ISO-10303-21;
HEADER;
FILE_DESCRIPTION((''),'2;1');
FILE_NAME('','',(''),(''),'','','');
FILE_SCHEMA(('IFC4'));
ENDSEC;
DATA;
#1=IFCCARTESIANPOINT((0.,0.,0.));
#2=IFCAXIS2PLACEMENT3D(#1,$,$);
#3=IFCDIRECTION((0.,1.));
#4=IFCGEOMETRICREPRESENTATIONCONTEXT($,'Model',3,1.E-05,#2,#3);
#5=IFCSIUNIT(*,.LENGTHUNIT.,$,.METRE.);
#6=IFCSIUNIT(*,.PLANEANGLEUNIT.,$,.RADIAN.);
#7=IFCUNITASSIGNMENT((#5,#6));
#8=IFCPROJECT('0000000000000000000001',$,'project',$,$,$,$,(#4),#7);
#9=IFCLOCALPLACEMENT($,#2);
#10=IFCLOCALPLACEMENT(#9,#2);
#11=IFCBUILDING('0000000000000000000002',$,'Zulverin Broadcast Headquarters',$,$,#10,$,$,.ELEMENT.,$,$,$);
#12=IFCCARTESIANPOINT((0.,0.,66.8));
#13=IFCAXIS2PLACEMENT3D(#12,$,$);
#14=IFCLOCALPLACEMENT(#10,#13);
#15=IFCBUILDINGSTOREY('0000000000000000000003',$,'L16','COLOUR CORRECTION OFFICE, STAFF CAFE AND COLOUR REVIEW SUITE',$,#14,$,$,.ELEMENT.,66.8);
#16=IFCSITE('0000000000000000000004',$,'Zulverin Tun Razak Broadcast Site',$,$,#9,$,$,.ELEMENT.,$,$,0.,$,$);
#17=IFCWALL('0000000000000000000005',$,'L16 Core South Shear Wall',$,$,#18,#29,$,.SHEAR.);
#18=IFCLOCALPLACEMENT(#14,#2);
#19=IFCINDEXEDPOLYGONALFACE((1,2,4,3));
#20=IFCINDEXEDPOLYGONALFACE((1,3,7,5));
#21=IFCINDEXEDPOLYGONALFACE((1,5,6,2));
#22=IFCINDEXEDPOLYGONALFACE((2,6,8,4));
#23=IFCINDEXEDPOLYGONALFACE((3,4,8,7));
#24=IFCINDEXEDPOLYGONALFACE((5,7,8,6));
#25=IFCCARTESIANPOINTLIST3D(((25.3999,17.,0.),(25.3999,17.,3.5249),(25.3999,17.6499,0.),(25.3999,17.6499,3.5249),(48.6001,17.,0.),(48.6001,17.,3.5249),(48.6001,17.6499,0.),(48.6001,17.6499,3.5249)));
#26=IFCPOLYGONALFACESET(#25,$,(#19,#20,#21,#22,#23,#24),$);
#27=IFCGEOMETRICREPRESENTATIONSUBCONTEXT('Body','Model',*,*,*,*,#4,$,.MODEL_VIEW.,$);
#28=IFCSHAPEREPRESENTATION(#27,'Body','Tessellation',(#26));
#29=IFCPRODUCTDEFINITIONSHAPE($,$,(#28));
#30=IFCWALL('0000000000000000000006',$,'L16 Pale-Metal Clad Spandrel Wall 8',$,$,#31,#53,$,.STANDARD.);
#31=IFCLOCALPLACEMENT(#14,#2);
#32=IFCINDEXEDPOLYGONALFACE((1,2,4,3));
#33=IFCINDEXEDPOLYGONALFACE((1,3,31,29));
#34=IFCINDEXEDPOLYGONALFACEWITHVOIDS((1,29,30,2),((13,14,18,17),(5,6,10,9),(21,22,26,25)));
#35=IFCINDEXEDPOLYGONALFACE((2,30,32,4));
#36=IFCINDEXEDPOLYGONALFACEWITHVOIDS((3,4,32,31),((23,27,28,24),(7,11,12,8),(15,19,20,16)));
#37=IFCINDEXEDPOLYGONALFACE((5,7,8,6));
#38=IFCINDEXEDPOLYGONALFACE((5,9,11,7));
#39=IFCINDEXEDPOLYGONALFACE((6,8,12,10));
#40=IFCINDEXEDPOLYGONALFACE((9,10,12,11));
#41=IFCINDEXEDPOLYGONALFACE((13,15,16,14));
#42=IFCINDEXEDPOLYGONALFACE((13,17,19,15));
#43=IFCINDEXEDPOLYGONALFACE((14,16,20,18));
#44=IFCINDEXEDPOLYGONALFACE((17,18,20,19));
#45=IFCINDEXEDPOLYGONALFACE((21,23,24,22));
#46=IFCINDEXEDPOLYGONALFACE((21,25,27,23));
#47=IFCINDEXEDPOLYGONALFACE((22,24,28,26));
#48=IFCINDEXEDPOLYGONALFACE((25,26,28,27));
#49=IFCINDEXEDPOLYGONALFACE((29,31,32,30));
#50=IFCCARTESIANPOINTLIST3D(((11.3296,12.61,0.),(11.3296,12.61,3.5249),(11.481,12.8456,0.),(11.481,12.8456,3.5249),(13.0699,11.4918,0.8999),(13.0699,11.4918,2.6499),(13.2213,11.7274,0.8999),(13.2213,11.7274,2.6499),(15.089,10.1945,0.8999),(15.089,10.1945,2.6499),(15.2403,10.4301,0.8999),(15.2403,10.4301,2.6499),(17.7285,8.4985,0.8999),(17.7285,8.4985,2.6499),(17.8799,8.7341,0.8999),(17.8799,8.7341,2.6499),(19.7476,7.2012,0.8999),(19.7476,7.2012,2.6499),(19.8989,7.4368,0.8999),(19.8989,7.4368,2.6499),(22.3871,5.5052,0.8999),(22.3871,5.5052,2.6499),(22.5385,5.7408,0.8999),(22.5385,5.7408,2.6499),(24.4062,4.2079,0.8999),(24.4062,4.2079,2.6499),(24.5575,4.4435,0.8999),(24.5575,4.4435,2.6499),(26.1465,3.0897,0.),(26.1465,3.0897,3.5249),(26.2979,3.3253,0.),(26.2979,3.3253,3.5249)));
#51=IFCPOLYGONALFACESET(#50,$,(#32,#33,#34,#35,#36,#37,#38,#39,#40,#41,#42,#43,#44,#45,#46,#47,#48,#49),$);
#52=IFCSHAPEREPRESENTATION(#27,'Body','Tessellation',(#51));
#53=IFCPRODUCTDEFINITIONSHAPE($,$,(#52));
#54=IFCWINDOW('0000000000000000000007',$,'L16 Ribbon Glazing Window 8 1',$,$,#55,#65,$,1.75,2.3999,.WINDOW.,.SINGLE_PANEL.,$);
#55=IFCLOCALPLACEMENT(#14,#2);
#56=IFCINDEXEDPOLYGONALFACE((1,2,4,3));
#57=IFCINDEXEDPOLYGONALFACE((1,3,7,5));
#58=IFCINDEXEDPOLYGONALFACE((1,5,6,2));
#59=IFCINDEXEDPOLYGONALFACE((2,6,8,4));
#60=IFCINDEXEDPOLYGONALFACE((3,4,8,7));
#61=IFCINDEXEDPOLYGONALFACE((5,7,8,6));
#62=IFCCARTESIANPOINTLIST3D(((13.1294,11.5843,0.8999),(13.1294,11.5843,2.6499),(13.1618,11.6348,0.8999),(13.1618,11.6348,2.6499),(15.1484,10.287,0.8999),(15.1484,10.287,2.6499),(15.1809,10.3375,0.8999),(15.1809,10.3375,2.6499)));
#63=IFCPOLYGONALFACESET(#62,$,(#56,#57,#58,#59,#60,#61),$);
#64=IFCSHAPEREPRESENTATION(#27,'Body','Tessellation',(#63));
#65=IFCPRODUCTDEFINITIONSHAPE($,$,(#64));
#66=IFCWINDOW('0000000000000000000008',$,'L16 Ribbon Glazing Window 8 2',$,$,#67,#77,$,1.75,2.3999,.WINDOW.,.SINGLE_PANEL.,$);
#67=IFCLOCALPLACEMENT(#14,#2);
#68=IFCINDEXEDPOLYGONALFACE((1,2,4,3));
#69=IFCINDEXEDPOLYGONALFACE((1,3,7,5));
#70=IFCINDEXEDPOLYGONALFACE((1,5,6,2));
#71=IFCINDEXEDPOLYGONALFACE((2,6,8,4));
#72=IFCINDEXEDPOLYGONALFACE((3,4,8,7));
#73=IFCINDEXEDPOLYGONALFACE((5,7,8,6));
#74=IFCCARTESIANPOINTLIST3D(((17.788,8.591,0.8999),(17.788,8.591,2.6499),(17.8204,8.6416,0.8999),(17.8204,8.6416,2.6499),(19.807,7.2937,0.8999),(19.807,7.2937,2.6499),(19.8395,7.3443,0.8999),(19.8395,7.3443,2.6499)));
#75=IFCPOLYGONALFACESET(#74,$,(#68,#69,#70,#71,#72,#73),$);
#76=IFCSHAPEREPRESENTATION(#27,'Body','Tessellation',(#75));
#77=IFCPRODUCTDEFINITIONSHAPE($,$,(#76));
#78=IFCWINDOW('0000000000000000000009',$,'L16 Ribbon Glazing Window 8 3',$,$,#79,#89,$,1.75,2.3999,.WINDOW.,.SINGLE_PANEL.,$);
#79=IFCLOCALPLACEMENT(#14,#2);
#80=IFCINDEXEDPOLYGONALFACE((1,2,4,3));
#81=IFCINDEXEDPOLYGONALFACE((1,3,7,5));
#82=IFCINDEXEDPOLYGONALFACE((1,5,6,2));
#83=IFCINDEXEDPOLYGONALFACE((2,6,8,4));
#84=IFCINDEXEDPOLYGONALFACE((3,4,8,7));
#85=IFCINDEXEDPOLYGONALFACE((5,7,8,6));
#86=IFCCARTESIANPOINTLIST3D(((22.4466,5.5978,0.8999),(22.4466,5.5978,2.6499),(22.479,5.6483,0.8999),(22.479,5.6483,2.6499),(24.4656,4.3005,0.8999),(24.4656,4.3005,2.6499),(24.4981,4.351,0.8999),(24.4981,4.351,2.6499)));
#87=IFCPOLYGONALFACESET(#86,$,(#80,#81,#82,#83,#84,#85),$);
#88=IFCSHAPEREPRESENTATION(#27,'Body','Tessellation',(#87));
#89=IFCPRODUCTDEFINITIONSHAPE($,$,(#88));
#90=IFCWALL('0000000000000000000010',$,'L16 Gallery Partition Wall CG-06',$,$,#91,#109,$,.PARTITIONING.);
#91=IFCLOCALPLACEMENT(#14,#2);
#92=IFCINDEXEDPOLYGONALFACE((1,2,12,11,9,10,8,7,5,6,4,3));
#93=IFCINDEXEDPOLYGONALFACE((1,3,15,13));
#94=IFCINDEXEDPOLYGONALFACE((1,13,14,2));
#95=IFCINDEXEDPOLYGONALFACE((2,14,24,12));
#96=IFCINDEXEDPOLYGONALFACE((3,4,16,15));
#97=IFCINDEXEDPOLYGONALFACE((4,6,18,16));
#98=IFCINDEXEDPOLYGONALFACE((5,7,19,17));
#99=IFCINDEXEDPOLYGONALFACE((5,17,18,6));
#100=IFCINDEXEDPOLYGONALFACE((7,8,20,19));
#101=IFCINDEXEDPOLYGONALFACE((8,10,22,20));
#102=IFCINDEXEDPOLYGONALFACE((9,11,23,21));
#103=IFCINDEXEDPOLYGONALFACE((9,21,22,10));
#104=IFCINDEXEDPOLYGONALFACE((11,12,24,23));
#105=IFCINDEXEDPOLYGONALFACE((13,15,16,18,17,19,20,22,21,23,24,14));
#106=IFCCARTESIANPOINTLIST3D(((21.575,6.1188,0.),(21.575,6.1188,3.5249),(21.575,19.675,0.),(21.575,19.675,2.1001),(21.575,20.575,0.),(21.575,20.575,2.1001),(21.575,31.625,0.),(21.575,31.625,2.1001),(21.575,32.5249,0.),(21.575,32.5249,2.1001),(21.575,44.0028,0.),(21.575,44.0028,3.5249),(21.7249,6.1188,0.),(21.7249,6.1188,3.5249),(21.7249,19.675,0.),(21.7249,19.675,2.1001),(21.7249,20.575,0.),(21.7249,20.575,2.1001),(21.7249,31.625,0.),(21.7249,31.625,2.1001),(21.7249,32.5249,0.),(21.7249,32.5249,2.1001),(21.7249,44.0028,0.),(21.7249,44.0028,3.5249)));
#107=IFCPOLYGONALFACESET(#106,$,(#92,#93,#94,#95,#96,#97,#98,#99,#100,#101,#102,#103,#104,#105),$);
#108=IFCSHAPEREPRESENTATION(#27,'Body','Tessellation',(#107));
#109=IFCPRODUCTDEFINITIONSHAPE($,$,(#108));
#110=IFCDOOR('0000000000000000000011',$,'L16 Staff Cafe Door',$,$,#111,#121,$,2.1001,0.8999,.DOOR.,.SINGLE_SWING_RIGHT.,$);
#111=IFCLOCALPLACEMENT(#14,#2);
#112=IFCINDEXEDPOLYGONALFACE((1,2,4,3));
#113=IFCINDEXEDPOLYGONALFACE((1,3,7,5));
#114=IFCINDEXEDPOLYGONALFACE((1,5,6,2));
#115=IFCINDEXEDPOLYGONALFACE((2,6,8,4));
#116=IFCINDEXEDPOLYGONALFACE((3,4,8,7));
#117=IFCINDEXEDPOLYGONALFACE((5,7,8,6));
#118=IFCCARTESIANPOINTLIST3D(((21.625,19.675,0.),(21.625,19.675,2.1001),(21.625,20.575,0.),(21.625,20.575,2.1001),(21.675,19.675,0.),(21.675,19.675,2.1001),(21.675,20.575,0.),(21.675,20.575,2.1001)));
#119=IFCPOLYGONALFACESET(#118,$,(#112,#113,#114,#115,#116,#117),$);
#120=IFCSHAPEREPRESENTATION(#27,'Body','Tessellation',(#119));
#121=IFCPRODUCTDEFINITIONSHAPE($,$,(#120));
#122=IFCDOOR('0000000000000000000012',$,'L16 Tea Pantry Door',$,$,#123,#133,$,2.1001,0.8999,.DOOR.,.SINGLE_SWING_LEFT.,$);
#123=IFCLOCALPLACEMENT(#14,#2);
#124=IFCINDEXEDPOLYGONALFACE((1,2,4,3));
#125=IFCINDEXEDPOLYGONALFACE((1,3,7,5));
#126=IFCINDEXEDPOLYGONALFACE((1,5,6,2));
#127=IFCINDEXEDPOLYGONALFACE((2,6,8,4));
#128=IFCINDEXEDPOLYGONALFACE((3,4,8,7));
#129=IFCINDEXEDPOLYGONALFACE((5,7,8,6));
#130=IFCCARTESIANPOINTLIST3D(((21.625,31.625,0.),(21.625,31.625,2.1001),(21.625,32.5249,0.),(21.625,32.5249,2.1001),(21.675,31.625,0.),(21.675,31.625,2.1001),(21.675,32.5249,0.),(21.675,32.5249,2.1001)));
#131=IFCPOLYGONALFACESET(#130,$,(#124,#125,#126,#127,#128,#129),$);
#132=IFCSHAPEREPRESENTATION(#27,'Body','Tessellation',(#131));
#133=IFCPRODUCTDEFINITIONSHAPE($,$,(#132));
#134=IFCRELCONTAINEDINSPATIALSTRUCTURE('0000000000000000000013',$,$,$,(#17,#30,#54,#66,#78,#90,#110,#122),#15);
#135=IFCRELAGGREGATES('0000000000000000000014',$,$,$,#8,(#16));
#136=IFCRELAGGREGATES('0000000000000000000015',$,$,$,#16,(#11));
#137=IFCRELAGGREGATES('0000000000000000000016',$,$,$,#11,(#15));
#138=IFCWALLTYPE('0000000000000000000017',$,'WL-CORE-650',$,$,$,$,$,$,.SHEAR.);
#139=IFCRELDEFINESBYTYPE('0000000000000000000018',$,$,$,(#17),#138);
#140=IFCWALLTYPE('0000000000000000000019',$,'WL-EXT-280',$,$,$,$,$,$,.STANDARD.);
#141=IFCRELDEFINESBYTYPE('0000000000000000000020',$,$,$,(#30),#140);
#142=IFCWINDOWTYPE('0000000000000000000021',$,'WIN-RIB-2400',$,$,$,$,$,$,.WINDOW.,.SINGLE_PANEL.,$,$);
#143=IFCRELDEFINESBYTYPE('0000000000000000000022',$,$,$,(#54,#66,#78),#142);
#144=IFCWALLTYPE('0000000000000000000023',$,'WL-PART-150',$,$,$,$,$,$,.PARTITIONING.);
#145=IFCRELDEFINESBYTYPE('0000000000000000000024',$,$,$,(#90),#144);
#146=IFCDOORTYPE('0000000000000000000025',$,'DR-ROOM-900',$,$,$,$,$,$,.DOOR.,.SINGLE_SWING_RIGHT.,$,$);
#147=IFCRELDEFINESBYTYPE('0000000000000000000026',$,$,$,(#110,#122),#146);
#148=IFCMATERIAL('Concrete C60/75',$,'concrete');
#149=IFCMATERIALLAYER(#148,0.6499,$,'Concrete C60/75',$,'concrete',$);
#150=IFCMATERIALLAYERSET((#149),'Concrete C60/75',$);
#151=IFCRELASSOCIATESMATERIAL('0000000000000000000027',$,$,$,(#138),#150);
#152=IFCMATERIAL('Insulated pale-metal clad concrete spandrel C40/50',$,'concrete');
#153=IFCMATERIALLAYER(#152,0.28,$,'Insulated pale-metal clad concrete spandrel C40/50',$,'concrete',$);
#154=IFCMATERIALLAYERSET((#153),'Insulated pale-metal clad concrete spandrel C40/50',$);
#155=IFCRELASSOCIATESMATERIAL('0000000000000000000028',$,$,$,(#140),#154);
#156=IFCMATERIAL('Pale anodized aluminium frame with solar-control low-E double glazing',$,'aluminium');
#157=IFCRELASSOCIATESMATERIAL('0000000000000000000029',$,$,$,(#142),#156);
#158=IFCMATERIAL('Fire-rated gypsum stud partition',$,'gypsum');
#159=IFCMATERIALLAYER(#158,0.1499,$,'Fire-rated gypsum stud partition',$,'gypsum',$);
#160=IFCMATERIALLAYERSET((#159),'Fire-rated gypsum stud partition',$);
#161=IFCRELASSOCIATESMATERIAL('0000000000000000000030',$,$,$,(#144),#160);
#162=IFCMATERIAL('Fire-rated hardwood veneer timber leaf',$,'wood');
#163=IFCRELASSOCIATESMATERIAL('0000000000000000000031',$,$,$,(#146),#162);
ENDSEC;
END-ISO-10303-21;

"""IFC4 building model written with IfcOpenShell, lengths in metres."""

from ifc_helpers import new_model, si_unit, direction, frame, frame_2d, origin, place, context, subcontext, project, spatial, rectangle, extrude, material, layer, layer_set, type_object, element, fill, save


model = new_model("IFC4")

# Units and contexts
model_context = context("Model", 3, precision=1e-05, world=origin(), true_north=direction((0.0, 1.0)))
body_context = subcontext(model_context, "Body", "Model", "MODEL_VIEW")
ifc_project = project(units=[si_unit("LENGTHUNIT", "METRE"), si_unit("PLANEANGLEUNIT", "RADIAN")], contexts=[model_context])

# Site, building, storey
site_placement = place(None, origin())
site = spatial("IfcSite", under=ifc_project, at=site_placement, Name="Zulverin Tun Razak Broadcast Site", CompositionType="ELEMENT", RefElevation=0.0)
building_placement = place(site_placement, origin())
building = spatial("IfcBuilding", under=site, at=building_placement, Name="Zulverin Broadcast Headquarters", CompositionType="ELEMENT")
storey_placement = place(building_placement, frame((0.0, 0.0, 66.8)))
storey = spatial("IfcBuildingStorey", under=building, at=storey_placement, Name="L16", Description="COLOUR CORRECTION OFFICE, STAFF CAFE AND COLOUR REVIEW SUITE", CompositionType="ELEMENT", Elevation=66.8)

# Shared definitions
ifc_material_1 = material(Name="Concrete C60/75", Category="concrete")

# Wall
ifc_layer_1 = layer(ifc_material_1, 0.6499, Name="Concrete C60/75", Category="concrete")
ifc_layer_set_1 = layer_set([ifc_layer_1], Name="Concrete C60/75")
wall_type_1 = type_object("IfcWallType", Name="WL-CORE-650", PredefinedType="SHEAR", material=ifc_layer_set_1)
wall_1_placement = place(storey_placement, frame((25.3999, 17.325, 0.0), z_axis=(0.0, 0.0, 1.0), x_axis=(1.0, 0.0, 0.0)))
element("IfcWall", 1, at=wall_1_placement, inside=storey, type_object=wall_type_1, Name="L16 Core South Shear Wall", PredefinedType="SHEAR", context=body_context, shape_type="SweptSolid", body=[
    extrude(rectangle(XDim=23.2002, YDim=0.6499, at=frame_2d((11.6001, 0.0))), origin(), (0.0, 0.0, 1.0), 3.5249),
])

# Wall, openings, windows
ifc_material_2 = material(Name="Insulated pale-metal clad concrete spandrel C40/50", Category="concrete")
ifc_layer_2 = layer(ifc_material_2, 0.28, Name="Insulated pale-metal clad concrete spandrel C40/50", Category="concrete")
ifc_layer_set_2 = layer_set([ifc_layer_2], Name="Insulated pale-metal clad concrete spandrel C40/50")
wall_type_2 = type_object("IfcWallType", Name="WL-EXT-280", PredefinedType="STANDARD", material=ifc_layer_set_2)
wall_2_placement = place(storey_placement, frame((11.4053, 12.7278, 0.0), z_axis=(0.0, 0.0, 1.0), x_axis=(0.841305, -0.540561, 0.0)))
wall_2 = element("IfcWall", 2, at=wall_2_placement, inside=storey, type_object=wall_type_2, Name="L16 Pale-Metal Clad Spandrel Wall 8", PredefinedType="STANDARD", context=body_context, shape_type="SweptSolid", body=[
    extrude(rectangle(XDim=17.6118, YDim=0.28, at=frame_2d((8.8059, 0.0))), origin(), (0.0, 0.0, 1.0), 3.5249),
])
opening_1_placement = place(wall_2_placement, frame((2.0686, 0.0, 0.8999)))
opening_1 = element("IfcOpeningElement", 3, at=opening_1_placement, cuts=wall_2, PredefinedType="OPENING", context=body_context, shape_type="SweptSolid", body=[
    extrude(rectangle(XDim=2.3999, YDim=1.75, at=frame_2d((1.2, 0.875))), frame((0.0, 0.1499, 0.0), z_axis=(0.0, -1.0, 0.0), x_axis=(1.0, 0.0, 0.0)), (0.0, 0.0, 1.0), 0.3),
])
opening_2_placement = place(wall_2_placement, frame((7.606, 0.0, 0.8999)))
opening_2 = element("IfcOpeningElement", 4, at=opening_2_placement, cuts=wall_2, PredefinedType="OPENING", context=body_context, shape_type="SweptSolid", body=[
    extrude(rectangle(XDim=2.3999, YDim=1.75, at=frame_2d((1.2, 0.875))), frame((0.0, 0.1499, 0.0), z_axis=(0.0, -1.0, 0.0), x_axis=(1.0, 0.0, 0.0)), (0.0, 0.0, 1.0), 0.3),
])
opening_3_placement = place(wall_2_placement, frame((13.1433, 0.0, 0.8999)))
opening_3 = element("IfcOpeningElement", 5, at=opening_3_placement, cuts=wall_2, PredefinedType="OPENING", context=body_context, shape_type="SweptSolid", body=[
    extrude(rectangle(XDim=2.3999, YDim=1.75, at=frame_2d((1.2, 0.875))), frame((0.0, 0.1499, 0.0), z_axis=(0.0, -1.0, 0.0), x_axis=(1.0, 0.0, 0.0)), (0.0, 0.0, 1.0), 0.3),
])
ifc_material_3 = material(Name="Pale anodized aluminium frame with solar-control low-E double glazing", Category="aluminium")
window_type = type_object("IfcWindowType", Name="WIN-RIB-2400", PartitioningType="SINGLE_PANEL", PredefinedType="WINDOW", material=ifc_material_3)
window_1_placement = place(opening_1_placement, origin())
window_1 = element("IfcWindow", 6, at=window_1_placement, inside=storey, type_object=window_type, Name="L16 Ribbon Glazing Window 8 1", OverallHeight=1.75, OverallWidth=2.3999, PartitioningType="SINGLE_PANEL", PredefinedType="WINDOW", context=body_context, shape_type="SweptSolid", body=[
    extrude(rectangle(XDim=2.3999, YDim=1.75, at=frame_2d((1.2, 0.875))), frame((0.0, 0.03, 0.0), z_axis=(0.0, -1.0, 0.0), x_axis=(1.0, 0.0, 0.0)), (0.0, 0.0, 1.0), 0.0601),
])
fill(opening_1, window_1)
window_2_placement = place(opening_2_placement, origin())
window_2 = element("IfcWindow", 7, at=window_2_placement, inside=storey, type_object=window_type, Name="L16 Ribbon Glazing Window 8 2", OverallHeight=1.75, OverallWidth=2.3999, PartitioningType="SINGLE_PANEL", PredefinedType="WINDOW", context=body_context, shape_type="SweptSolid", body=[
    extrude(rectangle(XDim=2.3999, YDim=1.75, at=frame_2d((1.2, 0.875))), frame((0.0, 0.03, 0.0), z_axis=(0.0, -1.0, 0.0), x_axis=(1.0, 0.0, 0.0)), (0.0, 0.0, 1.0), 0.0601),
])
fill(opening_2, window_2)
window_3_placement = place(opening_3_placement, origin())
window_3 = element("IfcWindow", 8, at=window_3_placement, inside=storey, type_object=window_type, Name="L16 Ribbon Glazing Window 8 3", OverallHeight=1.75, OverallWidth=2.3999, PartitioningType="SINGLE_PANEL", PredefinedType="WINDOW", context=body_context, shape_type="SweptSolid", body=[
    extrude(rectangle(XDim=2.3999, YDim=1.75, at=frame_2d((1.2, 0.875))), frame((0.0, 0.03, 0.0), z_axis=(0.0, -1.0, 0.0), x_axis=(1.0, 0.0, 0.0)), (0.0, 0.0, 1.0), 0.0601),
])
fill(opening_3, window_3)

# Wall, openings, doors
ifc_material_4 = material(Name="Fire-rated gypsum stud partition", Category="gypsum")
ifc_layer_3 = layer(ifc_material_4, 0.1499, Name="Fire-rated gypsum stud partition", Category="gypsum")
ifc_layer_set_3 = layer_set([ifc_layer_3], Name="Fire-rated gypsum stud partition")
wall_type_3 = type_object("IfcWallType", Name="WL-PART-150", PredefinedType="PARTITIONING", material=ifc_layer_set_3)
wall_3_placement = place(storey_placement, frame((21.6499, 6.1189, 0.0), z_axis=(0.0, 0.0, 1.0), x_axis=(0.0, 1.0, 0.0)))
wall_3 = element("IfcWall", 9, at=wall_3_placement, inside=storey, type_object=wall_type_3, Name="L16 Gallery Partition Wall CG-06", PredefinedType="PARTITIONING", context=body_context, shape_type="SweptSolid", body=[
    extrude(rectangle(XDim=37.884, YDim=0.1499, at=frame_2d((18.9419, 0.0))), origin(), (0.0, 0.0, 1.0), 3.5249),
])
opening_4_placement = place(wall_3_placement, frame((13.5562, 0.0, 0.0)))
opening_4 = element("IfcOpeningElement", 10, at=opening_4_placement, cuts=wall_3, PredefinedType="OPENING", context=body_context, shape_type="SweptSolid", body=[
    extrude(rectangle(XDim=0.8999, YDim=2.1001, at=frame_2d((0.45, 1.05))), frame((0.0, 0.085, 0.0), z_axis=(0.0, -1.0, 0.0), x_axis=(1.0, 0.0, 0.0)), (0.0, 0.0, 1.0), 0.1699),
])
opening_5_placement = place(wall_3_placement, frame((25.5061, 0.0, 0.0)))
opening_5 = element("IfcOpeningElement", 11, at=opening_5_placement, cuts=wall_3, PredefinedType="OPENING", context=body_context, shape_type="SweptSolid", body=[
    extrude(rectangle(XDim=0.8999, YDim=2.1001, at=frame_2d((0.45, 1.05))), frame((0.0, 0.085, 0.0), z_axis=(0.0, -1.0, 0.0), x_axis=(1.0, 0.0, 0.0)), (0.0, 0.0, 1.0), 0.1699),
])
ifc_material_5 = material(Name="Fire-rated hardwood veneer timber leaf", Category="wood")
door_type = type_object("IfcDoorType", Name="DR-ROOM-900", OperationType="SINGLE_SWING_RIGHT", PredefinedType="DOOR", material=ifc_material_5)
door_1_placement = place(opening_4_placement, origin())
door_1 = element("IfcDoor", 12, at=door_1_placement, inside=storey, type_object=door_type, Name="L16 Staff Cafe Door", OperationType="SINGLE_SWING_RIGHT", OverallHeight=2.1001, OverallWidth=0.8999, PredefinedType="DOOR", context=body_context, shape_type="SweptSolid", body=[
    extrude(rectangle(XDim=0.8999, YDim=2.1001, at=frame_2d((0.45, 1.05))), frame((0.0, 0.0249, 0.0), z_axis=(0.0, -1.0, 0.0), x_axis=(1.0, 0.0, 0.0)), (0.0, 0.0, 1.0), 0.05),
])
fill(opening_4, door_1)
door_2_placement = place(opening_5_placement, origin())
door_2 = element("IfcDoor", 13, at=door_2_placement, inside=storey, type_object=door_type, Name="L16 Tea Pantry Door", OperationType="SINGLE_SWING_LEFT", OverallHeight=2.1001, OverallWidth=0.8999, PredefinedType="DOOR", context=body_context, shape_type="SweptSolid", body=[
    extrude(rectangle(XDim=0.8999, YDim=2.1001, at=frame_2d((0.45, 1.05))), frame((0.0, 0.0249, 0.0), z_axis=(0.0, -1.0, 0.0), x_axis=(1.0, 0.0, 0.0)), (0.0, 0.0, 1.0), 0.05),
])
fill(opening_5, door_2)

save(model, "model.ifc")
